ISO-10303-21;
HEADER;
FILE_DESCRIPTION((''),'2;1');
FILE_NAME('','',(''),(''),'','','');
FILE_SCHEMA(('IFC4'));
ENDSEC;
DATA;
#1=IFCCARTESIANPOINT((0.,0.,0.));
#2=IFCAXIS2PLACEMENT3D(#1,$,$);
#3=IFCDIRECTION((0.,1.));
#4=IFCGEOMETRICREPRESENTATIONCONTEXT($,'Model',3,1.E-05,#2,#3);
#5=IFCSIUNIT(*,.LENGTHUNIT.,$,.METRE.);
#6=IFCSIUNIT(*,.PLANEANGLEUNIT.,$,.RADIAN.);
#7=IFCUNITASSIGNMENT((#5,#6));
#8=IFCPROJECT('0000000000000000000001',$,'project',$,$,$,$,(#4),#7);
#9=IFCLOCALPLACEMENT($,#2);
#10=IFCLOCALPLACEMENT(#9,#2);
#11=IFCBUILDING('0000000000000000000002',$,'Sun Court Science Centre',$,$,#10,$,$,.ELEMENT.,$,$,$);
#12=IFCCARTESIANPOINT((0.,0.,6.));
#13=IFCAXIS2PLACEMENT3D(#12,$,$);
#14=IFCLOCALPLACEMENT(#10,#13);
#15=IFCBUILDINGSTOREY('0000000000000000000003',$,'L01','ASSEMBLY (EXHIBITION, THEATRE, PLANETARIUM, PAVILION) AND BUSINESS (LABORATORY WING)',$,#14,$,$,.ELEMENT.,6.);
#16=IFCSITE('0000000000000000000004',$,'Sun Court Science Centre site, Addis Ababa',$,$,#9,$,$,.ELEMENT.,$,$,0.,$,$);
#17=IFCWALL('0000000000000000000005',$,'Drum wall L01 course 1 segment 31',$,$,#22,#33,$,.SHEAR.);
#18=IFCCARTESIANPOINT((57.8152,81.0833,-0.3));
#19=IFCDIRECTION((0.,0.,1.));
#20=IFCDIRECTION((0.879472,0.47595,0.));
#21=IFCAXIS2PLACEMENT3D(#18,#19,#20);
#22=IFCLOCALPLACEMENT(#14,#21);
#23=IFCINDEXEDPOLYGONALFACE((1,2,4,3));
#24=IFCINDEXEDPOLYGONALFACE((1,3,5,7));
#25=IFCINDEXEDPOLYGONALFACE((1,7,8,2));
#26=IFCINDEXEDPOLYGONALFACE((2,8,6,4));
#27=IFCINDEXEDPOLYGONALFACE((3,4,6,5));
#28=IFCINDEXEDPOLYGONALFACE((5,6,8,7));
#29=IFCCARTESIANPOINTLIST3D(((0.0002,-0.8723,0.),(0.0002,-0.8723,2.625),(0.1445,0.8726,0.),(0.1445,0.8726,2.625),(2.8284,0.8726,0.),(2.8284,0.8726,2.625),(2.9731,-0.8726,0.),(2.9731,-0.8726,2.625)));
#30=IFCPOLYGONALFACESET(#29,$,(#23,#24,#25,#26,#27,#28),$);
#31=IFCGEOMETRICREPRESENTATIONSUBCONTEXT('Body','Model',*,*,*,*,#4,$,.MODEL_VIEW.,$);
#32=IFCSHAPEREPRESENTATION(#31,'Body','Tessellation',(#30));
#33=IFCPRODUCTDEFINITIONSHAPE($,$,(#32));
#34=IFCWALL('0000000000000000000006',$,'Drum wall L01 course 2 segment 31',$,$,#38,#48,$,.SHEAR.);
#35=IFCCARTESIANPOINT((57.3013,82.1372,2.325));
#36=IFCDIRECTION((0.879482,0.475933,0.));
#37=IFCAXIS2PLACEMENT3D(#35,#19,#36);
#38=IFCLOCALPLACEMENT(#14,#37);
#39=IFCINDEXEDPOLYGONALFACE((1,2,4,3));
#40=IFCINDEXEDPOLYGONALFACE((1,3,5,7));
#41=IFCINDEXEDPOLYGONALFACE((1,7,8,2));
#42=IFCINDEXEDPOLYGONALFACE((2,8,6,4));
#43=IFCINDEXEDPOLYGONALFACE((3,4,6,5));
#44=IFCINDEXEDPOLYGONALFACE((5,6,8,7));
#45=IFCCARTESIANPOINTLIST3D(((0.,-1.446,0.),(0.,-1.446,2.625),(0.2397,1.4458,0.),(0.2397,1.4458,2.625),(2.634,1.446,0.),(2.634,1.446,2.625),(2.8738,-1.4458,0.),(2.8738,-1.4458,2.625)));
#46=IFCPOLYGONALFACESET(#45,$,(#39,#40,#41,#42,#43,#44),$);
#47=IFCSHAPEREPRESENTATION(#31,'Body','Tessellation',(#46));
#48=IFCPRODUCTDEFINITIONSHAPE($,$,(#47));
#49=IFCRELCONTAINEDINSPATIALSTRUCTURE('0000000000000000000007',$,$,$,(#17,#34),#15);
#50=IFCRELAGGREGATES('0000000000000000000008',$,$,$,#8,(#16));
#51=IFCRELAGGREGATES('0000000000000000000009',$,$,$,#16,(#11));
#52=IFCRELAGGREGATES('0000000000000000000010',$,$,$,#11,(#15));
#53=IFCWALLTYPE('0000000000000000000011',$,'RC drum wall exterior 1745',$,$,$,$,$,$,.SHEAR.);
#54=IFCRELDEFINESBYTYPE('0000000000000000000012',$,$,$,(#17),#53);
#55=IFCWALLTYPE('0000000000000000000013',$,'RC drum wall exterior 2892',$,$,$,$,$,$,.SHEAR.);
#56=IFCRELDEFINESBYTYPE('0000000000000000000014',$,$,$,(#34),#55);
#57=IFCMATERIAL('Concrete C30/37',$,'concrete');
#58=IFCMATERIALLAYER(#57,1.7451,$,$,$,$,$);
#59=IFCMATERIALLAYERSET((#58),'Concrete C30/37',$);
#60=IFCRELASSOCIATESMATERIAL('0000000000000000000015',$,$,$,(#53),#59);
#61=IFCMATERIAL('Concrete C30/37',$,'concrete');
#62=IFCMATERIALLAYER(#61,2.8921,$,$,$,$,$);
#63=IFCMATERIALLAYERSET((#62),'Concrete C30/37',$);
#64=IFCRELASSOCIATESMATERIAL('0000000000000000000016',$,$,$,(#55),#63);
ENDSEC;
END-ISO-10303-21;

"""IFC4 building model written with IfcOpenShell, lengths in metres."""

from ifc_helpers import new_model, si_unit, direction, frame, origin, place, context, subcontext, project, spatial, polyline, outline, extrude, material, layer, layer_set, type_object, element, save


model = new_model("IFC4")

# Units and contexts
model_context = context("Model", 3, precision=1e-05, world=origin(), true_north=direction((0.0, 1.0)))
body_context = subcontext(model_context, "Body", "Model", "MODEL_VIEW")
ifc_project = project(units=[si_unit("LENGTHUNIT", "METRE"), si_unit("PLANEANGLEUNIT", "RADIAN")], contexts=[model_context])

# Site, building, storey
site_placement = place(None, origin())
site = spatial("IfcSite", under=ifc_project, at=site_placement, Name="Sun Court Science Centre site, Addis Ababa", CompositionType="ELEMENT", RefElevation=0.0)
building_placement = place(site_placement, origin())
building = spatial("IfcBuilding", under=site, at=building_placement, Name="Sun Court Science Centre", CompositionType="ELEMENT")
storey_placement = place(building_placement, frame((0.0, 0.0, 6.0)))
storey = spatial("IfcBuildingStorey", under=building, at=storey_placement, Name="L01", Description="ASSEMBLY (EXHIBITION, THEATRE, PLANETARIUM, PAVILION) AND BUSINESS (LABORATORY WING)", CompositionType="ELEMENT", Elevation=6.0)

# Walls
ifc_material_1 = material(Name="Concrete C30/37", Category="concrete")
ifc_layer_1 = layer(ifc_material_1, 1.7451)
ifc_layer_set_1 = layer_set([ifc_layer_1], Name="Concrete C30/37")
wall_type_1 = type_object("IfcWallType", Name="RC drum wall exterior 1745", PredefinedType="SHEAR", material=ifc_layer_set_1)
wall_1_placement = place(storey_placement, frame((57.8152, 81.0833, -0.3), z_axis=(0.0, 0.0, 1.0), x_axis=(0.879472, 0.47595, 0.0)))
element("IfcWall", 1, at=wall_1_placement, inside=storey, type_object=wall_type_1, Name="Drum wall L01 course 1 segment 31", PredefinedType="SHEAR", context=body_context, shape_type="SweptSolid", body=[
    extrude(outline(polyline([(0.0002, -0.8723), (2.9731, -0.8726), (2.8284, 0.8726), (0.1445, 0.8726), (0.0002, -0.8723)])), origin(), (0.0, 0.0, 1.0), 2.625),
])
ifc_material_2 = material(Name="Concrete C30/37", Category="concrete")
ifc_layer_2 = layer(ifc_material_2, 2.8921)
ifc_layer_set_2 = layer_set([ifc_layer_2], Name="Concrete C30/37")
wall_type_2 = type_object("IfcWallType", Name="RC drum wall exterior 2892", PredefinedType="SHEAR", material=ifc_layer_set_2)
wall_2_placement = place(storey_placement, frame((57.3013, 82.1372, 2.325), z_axis=(0.0, 0.0, 1.0), x_axis=(0.879482, 0.475933, 0.0)))
element("IfcWall", 2, at=wall_2_placement, inside=storey, type_object=wall_type_2, Name="Drum wall L01 course 2 segment 31", PredefinedType="SHEAR", context=body_context, shape_type="SweptSolid", body=[
    extrude(outline(polyline([(0.0, -1.446), (2.8738, -1.4458), (2.634, 1.446), (0.2397, 1.4458), (0.0, -1.446)])), origin(), (0.0, 0.0, 1.0), 2.625),
])

save(model, "model.ifc")
